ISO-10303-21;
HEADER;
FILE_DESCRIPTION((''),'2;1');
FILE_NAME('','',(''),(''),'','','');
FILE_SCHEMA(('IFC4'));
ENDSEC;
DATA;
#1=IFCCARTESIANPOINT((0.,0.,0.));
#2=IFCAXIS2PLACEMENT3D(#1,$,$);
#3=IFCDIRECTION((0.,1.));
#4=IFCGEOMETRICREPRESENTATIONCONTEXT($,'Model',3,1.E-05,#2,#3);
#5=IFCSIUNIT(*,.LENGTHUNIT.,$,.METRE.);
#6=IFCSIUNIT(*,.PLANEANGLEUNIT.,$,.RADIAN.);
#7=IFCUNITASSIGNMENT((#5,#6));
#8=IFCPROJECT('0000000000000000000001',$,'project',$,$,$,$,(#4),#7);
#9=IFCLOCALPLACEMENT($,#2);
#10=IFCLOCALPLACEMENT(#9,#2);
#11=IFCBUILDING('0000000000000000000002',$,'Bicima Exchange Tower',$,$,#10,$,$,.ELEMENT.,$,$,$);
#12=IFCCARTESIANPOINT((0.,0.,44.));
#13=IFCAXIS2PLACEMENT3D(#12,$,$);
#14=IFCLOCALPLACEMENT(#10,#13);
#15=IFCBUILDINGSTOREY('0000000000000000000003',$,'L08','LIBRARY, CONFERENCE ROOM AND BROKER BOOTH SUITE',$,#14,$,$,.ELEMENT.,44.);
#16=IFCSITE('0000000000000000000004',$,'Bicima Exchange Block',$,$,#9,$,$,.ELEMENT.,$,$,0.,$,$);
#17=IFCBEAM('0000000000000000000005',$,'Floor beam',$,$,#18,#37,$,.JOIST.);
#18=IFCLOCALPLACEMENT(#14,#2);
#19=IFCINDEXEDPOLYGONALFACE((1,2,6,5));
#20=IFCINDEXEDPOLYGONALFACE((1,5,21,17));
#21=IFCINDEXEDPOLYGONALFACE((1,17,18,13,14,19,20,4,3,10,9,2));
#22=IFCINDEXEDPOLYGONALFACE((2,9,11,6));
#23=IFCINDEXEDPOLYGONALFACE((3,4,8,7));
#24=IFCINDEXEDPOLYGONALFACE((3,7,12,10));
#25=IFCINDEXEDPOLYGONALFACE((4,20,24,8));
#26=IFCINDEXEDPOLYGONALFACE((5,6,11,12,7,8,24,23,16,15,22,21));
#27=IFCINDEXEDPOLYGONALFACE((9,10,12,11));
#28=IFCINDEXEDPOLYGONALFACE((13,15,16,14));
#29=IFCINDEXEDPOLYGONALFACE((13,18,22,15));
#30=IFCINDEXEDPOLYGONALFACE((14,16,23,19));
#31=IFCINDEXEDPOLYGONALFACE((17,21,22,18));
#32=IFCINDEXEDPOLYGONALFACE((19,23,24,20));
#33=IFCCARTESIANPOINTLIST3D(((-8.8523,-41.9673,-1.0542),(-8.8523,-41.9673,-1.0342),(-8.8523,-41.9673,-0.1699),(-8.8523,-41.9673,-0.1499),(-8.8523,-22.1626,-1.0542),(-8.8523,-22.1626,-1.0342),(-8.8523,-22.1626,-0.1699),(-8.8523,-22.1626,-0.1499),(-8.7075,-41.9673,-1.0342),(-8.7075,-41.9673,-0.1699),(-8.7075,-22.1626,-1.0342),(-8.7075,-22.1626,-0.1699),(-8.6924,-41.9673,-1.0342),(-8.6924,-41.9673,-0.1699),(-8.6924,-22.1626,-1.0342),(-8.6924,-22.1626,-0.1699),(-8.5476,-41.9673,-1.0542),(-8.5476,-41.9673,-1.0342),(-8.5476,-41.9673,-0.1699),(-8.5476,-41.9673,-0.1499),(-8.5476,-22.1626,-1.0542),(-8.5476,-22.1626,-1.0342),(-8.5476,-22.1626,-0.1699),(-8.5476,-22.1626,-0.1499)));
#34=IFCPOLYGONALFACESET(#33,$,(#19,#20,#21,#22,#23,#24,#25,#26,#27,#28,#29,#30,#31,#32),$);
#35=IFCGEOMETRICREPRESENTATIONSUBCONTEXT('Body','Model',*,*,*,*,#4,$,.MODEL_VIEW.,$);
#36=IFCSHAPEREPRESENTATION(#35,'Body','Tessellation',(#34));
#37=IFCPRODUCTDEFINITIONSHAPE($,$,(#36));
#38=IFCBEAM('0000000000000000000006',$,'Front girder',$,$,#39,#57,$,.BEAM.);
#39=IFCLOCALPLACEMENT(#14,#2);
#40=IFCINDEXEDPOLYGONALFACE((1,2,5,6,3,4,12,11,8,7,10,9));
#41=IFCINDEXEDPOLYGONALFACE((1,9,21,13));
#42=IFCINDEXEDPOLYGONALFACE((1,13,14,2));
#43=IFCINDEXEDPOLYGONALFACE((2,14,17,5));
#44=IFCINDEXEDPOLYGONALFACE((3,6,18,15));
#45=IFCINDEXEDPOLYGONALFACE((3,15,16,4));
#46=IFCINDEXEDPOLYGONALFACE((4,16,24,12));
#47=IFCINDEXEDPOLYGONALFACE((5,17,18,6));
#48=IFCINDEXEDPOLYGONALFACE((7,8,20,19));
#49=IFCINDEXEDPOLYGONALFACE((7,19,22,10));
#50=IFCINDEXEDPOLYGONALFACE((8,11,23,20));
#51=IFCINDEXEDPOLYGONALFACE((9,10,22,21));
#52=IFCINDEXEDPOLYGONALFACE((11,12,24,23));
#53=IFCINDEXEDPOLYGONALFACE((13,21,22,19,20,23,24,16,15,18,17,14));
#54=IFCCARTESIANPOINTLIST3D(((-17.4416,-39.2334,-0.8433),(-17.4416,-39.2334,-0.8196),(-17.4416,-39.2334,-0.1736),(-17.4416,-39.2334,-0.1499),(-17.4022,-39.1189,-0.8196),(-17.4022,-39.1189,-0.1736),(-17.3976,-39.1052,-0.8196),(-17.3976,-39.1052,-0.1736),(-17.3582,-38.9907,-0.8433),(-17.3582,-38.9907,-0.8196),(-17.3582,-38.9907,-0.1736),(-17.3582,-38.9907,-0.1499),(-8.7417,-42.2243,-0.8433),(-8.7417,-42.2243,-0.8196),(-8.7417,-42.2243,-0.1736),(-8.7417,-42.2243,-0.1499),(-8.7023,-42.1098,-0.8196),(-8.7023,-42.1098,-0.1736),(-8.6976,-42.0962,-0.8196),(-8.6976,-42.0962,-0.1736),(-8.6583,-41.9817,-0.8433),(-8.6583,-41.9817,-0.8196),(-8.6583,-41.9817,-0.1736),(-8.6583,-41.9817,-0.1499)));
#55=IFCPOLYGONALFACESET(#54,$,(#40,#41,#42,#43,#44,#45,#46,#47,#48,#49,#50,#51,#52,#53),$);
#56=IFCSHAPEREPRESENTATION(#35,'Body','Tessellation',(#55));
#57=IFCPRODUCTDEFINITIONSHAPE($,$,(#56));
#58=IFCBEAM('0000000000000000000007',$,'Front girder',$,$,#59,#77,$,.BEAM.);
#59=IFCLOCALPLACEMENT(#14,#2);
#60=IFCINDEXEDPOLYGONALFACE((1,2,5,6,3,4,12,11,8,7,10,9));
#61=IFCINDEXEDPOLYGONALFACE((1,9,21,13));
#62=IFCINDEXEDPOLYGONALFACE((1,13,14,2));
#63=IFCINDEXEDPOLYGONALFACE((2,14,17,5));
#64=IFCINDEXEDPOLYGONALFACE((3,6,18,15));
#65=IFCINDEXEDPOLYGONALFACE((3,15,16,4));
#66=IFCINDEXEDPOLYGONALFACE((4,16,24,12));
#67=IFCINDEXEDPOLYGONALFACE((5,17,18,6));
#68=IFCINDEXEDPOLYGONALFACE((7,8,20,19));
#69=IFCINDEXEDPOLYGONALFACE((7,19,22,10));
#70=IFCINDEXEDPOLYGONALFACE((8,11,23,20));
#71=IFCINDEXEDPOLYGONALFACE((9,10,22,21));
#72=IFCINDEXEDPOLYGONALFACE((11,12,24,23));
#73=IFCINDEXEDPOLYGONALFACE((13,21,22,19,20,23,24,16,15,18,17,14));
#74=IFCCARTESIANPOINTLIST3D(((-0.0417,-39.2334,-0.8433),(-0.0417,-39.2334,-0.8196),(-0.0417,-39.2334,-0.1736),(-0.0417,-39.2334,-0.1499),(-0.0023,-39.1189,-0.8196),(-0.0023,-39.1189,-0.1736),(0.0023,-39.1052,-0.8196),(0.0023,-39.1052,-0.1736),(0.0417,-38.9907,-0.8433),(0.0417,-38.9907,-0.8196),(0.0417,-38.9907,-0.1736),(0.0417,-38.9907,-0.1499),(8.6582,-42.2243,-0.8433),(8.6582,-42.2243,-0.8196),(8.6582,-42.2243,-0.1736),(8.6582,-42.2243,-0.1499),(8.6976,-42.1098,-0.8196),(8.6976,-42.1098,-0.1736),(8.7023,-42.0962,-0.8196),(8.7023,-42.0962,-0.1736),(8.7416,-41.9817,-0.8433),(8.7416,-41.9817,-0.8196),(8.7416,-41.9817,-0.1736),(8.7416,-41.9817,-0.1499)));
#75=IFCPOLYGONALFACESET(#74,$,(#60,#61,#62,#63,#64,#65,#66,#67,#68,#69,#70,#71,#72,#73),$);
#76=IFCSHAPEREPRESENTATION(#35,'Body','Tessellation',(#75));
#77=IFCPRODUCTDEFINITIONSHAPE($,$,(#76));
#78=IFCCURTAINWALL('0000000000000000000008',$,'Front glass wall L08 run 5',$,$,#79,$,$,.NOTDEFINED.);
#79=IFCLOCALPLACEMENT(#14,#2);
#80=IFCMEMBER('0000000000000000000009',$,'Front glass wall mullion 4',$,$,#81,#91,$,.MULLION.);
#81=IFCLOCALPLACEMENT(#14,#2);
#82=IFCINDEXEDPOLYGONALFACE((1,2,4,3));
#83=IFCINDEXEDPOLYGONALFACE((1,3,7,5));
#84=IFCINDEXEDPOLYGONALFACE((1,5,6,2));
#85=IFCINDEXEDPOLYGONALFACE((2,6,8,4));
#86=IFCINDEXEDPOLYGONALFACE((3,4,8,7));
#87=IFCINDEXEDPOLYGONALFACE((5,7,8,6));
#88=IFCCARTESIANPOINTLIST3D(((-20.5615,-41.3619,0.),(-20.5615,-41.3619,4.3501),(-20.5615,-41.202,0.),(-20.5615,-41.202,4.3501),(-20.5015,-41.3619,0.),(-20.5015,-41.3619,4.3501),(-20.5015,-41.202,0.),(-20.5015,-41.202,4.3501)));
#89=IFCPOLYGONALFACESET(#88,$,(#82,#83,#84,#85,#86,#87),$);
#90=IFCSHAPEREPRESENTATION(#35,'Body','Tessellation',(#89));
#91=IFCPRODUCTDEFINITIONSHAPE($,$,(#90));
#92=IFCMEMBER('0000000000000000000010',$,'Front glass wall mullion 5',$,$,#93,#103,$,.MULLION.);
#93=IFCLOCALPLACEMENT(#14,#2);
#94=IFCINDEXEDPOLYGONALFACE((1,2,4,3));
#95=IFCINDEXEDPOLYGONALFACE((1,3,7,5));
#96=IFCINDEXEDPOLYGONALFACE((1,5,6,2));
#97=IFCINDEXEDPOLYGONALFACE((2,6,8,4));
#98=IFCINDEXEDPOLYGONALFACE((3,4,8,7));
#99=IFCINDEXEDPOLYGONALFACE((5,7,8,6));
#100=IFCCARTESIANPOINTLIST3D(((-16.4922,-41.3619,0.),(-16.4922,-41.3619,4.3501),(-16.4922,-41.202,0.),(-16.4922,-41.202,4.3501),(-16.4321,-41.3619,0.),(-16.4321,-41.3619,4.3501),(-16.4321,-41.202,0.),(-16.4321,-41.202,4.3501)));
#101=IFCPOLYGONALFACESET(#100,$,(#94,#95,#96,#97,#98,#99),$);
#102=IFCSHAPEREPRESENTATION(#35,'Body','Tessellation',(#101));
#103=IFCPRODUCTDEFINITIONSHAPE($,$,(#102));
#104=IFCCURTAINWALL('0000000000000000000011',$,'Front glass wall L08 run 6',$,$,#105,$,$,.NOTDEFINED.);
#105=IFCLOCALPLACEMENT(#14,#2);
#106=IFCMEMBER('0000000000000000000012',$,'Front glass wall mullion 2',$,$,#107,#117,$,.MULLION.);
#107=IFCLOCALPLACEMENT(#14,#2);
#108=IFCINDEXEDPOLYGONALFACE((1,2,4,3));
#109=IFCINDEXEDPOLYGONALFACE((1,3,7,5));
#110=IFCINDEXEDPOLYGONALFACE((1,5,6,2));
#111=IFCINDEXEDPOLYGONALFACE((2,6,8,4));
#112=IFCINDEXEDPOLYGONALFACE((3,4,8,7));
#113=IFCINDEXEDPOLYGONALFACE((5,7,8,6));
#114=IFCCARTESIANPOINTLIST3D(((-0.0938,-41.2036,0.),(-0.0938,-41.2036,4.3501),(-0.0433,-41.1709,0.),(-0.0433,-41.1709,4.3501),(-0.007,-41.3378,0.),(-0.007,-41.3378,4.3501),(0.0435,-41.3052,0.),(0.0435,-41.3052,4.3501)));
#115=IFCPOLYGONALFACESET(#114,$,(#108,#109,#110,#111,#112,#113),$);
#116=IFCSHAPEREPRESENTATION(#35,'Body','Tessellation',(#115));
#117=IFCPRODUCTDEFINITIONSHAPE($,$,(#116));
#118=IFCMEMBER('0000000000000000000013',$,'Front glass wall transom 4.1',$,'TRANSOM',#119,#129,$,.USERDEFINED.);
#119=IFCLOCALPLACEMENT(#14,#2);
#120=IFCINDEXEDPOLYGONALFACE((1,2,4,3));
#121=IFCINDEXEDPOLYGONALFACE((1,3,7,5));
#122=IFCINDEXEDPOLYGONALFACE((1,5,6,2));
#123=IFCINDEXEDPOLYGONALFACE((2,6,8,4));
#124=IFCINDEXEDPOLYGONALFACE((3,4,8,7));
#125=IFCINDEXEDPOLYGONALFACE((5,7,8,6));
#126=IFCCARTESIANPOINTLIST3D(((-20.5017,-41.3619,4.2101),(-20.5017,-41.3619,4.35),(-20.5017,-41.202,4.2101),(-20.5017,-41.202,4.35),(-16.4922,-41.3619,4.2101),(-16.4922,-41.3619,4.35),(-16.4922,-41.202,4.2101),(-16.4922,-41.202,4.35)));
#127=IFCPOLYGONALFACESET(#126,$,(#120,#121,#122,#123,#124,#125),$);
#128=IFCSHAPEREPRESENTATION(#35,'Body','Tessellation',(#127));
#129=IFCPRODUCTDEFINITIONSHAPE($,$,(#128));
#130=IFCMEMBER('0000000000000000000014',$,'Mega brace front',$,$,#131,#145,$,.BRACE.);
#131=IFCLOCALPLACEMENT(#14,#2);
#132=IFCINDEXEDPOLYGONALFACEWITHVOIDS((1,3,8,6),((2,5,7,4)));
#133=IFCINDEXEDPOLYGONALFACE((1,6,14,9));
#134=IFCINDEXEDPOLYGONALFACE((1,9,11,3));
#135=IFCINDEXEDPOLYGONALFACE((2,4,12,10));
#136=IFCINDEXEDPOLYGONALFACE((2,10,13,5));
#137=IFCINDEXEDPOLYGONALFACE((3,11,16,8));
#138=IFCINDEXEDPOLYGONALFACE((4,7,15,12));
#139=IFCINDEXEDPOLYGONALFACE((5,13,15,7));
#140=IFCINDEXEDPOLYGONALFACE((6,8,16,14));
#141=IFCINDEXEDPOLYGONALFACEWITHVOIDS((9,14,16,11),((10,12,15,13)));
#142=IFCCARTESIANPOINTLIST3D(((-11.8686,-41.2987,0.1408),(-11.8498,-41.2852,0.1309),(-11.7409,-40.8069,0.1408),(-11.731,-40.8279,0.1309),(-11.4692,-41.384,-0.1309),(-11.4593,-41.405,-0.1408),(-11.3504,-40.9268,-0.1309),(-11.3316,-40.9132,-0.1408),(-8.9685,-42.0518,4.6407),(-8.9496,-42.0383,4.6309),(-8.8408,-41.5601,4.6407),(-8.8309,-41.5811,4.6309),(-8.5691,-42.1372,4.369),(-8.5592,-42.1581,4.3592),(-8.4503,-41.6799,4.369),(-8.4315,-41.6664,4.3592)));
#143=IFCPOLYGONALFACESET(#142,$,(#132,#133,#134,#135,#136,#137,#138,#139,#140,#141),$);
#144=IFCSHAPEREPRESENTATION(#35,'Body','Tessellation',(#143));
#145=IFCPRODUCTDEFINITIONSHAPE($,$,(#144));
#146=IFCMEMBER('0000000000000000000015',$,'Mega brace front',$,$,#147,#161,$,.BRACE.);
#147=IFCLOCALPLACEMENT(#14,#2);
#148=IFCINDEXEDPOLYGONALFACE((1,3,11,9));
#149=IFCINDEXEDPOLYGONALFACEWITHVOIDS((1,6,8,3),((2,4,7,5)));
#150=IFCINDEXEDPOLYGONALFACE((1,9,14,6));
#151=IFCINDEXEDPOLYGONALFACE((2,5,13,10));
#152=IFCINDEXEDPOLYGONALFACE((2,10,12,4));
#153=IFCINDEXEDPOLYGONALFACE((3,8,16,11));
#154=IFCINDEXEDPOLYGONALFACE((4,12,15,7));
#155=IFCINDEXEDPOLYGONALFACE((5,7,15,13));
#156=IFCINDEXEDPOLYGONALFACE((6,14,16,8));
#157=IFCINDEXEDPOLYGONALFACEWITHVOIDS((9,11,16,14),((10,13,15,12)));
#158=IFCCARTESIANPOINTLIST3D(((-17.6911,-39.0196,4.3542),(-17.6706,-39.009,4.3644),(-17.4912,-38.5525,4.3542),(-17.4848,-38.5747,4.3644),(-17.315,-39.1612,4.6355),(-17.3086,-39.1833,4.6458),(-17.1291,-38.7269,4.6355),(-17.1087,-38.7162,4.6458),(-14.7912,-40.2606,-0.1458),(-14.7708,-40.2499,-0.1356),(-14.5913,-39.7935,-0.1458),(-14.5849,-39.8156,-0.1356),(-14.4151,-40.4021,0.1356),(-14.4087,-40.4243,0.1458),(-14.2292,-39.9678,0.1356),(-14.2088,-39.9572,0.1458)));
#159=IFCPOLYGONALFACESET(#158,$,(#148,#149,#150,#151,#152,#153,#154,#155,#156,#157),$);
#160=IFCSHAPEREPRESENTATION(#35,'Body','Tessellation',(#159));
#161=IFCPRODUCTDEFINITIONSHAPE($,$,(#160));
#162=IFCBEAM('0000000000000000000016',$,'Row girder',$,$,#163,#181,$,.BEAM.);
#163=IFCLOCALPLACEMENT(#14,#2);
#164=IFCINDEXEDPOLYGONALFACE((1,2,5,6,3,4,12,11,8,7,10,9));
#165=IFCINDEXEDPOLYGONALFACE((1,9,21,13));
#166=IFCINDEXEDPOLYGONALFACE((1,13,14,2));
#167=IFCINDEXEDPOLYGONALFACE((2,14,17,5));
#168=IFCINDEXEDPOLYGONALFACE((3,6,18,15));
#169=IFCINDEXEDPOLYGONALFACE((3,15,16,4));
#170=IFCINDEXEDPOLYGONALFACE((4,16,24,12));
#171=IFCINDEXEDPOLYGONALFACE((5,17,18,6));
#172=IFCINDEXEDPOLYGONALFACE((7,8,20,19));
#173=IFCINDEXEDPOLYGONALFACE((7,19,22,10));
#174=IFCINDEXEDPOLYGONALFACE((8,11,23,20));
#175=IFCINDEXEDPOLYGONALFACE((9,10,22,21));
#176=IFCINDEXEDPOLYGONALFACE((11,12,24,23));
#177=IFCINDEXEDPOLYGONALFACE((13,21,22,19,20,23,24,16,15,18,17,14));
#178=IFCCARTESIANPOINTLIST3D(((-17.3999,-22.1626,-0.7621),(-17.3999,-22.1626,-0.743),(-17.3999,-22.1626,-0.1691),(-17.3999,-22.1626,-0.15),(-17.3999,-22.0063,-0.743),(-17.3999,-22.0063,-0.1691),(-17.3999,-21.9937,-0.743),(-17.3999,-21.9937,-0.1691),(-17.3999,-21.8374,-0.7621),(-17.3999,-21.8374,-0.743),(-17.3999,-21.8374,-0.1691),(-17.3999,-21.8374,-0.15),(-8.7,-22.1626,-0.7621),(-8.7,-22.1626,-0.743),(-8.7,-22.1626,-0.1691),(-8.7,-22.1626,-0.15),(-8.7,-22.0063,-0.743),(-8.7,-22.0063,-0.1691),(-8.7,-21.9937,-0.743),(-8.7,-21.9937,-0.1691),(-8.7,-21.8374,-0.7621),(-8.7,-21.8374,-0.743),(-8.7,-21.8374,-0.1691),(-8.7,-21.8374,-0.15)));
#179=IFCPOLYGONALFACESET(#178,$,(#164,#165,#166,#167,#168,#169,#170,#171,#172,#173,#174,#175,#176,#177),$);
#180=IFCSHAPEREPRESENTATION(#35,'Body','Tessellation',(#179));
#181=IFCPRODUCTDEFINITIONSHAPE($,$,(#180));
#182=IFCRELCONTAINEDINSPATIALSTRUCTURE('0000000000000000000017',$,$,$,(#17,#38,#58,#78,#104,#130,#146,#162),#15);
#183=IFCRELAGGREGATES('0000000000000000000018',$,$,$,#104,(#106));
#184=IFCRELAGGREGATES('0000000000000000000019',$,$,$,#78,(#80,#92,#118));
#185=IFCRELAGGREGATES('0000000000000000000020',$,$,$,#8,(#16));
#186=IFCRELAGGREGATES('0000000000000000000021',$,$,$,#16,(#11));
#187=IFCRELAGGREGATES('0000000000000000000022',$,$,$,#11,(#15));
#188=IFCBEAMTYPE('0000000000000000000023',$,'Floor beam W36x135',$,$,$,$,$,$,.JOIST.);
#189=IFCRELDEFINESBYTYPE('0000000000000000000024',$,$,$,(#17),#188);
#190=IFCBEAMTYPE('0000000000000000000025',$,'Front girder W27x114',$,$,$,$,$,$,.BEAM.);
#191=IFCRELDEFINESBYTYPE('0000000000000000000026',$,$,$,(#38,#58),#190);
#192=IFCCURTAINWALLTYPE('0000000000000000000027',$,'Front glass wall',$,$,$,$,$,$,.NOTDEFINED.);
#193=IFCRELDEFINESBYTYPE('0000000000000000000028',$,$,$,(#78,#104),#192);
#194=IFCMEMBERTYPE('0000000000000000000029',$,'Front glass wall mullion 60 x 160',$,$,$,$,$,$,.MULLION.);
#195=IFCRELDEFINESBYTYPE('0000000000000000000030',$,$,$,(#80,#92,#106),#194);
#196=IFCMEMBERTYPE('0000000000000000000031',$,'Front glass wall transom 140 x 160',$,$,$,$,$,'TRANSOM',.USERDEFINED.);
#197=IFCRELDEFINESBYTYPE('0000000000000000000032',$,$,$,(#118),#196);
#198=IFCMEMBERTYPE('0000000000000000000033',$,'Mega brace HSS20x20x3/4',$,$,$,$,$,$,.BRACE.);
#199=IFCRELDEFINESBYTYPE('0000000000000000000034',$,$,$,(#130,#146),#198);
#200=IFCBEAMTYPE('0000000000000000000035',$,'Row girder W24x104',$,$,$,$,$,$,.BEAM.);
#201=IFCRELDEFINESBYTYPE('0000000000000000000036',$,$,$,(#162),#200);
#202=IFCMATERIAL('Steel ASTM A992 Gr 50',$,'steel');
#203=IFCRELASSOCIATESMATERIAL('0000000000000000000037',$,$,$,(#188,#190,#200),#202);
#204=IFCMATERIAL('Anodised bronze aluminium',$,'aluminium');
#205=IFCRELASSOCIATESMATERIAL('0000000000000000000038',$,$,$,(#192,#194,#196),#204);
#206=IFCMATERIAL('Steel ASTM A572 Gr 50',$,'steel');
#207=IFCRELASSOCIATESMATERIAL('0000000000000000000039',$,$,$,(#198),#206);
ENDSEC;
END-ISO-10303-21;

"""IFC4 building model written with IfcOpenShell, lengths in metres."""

from ifc_helpers import new_model, si_unit, direction, frame, origin, origin_2d, place, context, subcontext, project, spatial, rectangle, hollow_rectangle, i_section, extrude, material, material_profile, profile_set, type_object, element, aggregate, save


model = new_model("IFC4")

# Units and contexts
model_context = context("Model", 3, precision=1e-05, world=origin(), true_north=direction((0.0, 1.0)))
body_context = subcontext(model_context, "Body", "Model", "MODEL_VIEW")
ifc_project = project(units=[si_unit("LENGTHUNIT", "METRE"), si_unit("PLANEANGLEUNIT", "RADIAN")], contexts=[model_context])

# Site, building, storey
site_placement = place(None, origin())
site = spatial("IfcSite", under=ifc_project, at=site_placement, Name="Bicima Exchange Block", CompositionType="ELEMENT", RefElevation=0.0)
building_placement = place(site_placement, origin())
building = spatial("IfcBuilding", under=site, at=building_placement, Name="Bicima Exchange Tower", CompositionType="ELEMENT")
storey_placement = place(building_placement, frame((0.0, 0.0, 44.0)))
storey = spatial("IfcBuildingStorey", under=building, at=storey_placement, Name="L08", Description="LIBRARY, CONFERENCE ROOM AND BROKER BOOTH SUITE", CompositionType="ELEMENT", Elevation=44.0)

# Shared definitions
ifc_material_1 = material(Name="Steel ASTM A992 Gr 50", Category="steel")

# Beams
ifc_material_profile_1 = material_profile(ifc_material_1, i_section(OverallWidth=0.3047, OverallDepth=0.9043, WebThickness=0.0151, FlangeThickness=0.02, at=origin_2d()))
ifc_profile_set_1 = profile_set([ifc_material_profile_1], Name="Steel ASTM A992 Gr 50")
beam_type_1 = type_object("IfcBeamType", Name="Floor beam W36x135", PredefinedType="JOIST", material=ifc_profile_set_1)
beam_placement = place(storey_placement, frame((-8.7, -22.1626, -0.6021), z_axis=(0.0, -1.0, 0.0), x_axis=(1.0, 0.0, 0.0)))
element("IfcBeam", 1, at=beam_placement, inside=storey, type_object=beam_type_1, Name="Floor beam", PredefinedType="JOIST", context=body_context, shape_type="SweptSolid", body=[
    extrude(i_section(OverallWidth=0.3047, OverallDepth=0.9043, WebThickness=0.0151, FlangeThickness=0.02, at=origin_2d()), origin(), (0.0, 0.0, 1.0), 19.8047),
])
ifc_material_profile_2 = material_profile(ifc_material_1, i_section(OverallWidth=0.2566, OverallDepth=0.6934, WebThickness=0.0144, FlangeThickness=0.0237, at=origin_2d()))
ifc_profile_set_2 = profile_set([ifc_material_profile_2], Name="Steel ASTM A992 Gr 50")
beam_type_2 = type_object("IfcBeamType", Name="Front girder W27x114", PredefinedType="BEAM", material=ifc_profile_set_2)
for number, where, z_axis, x_axis, name in (
    (2, (-17.3999, -39.1121, -0.4966), (0.945675, -0.325115, 0.0), (0.325115, 0.945675, 0.0), "Front girder"),
    (3, (0.0, -39.1121, -0.4966), (0.945675, -0.325115, 0.0), (0.325115, 0.945675, 0.0), "Front girder"),
):
    element("IfcBeam", number, at=place(storey_placement, frame(where, z_axis=z_axis, x_axis=x_axis)), inside=storey, type_object=beam_type_2, Name=name, PredefinedType="BEAM", context=body_context, shape_type="SweptSolid", body=[
        extrude(i_section(OverallWidth=0.2566, OverallDepth=0.6934, WebThickness=0.0144, FlangeThickness=0.0237, at=origin_2d()), origin(), (0.0, 0.0, 1.0), 9.1997),
    ])

# Curtain wall, members
ifc_material_2 = material(Name="Anodised bronze aluminium", Category="aluminium")
curtain_wall_type = type_object("IfcCurtainWallType", Name="Front glass wall", PredefinedType="NOTDEFINED", material=ifc_material_2)
curtain_wall_1_placement = place(storey_placement, origin())
curtain_wall_1 = element("IfcCurtainWall", 4, at=curtain_wall_1_placement, inside=storey, type_object=curtain_wall_type, Name="Front glass wall L08 run 5", PredefinedType="NOTDEFINED")
ifc_material_profile_3 = material_profile(ifc_material_2, rectangle(XDim=0.1599, YDim=0.0601, at=origin_2d()))
ifc_profile_set_3 = profile_set([ifc_material_profile_3], Name="Anodised bronze aluminium")
member_type_1 = type_object("IfcMemberType", Name="Front glass wall mullion 60 x 160", PredefinedType="MULLION", material=ifc_profile_set_3)
member_1_placement = place(storey_placement, frame((-20.5315, -41.282, 0.0), z_axis=(0.0, 0.0, 1.0), x_axis=(0.0, 1.0, 0.0)))
member_1 = element("IfcMember", 5, at=member_1_placement, type_object=member_type_1, Name="Front glass wall mullion 4", PredefinedType="MULLION", context=body_context, shape_type="SweptSolid", body=[
    extrude(rectangle(XDim=0.1599, YDim=0.0601, at=origin_2d()), origin(), (0.0, 0.0, 1.0), 4.3501),
])
member_2_placement = place(storey_placement, frame((-16.4622, -41.282, 0.0), z_axis=(0.0, 0.0, 1.0), x_axis=(0.0, 1.0, 0.0)))
member_2 = element("IfcMember", 6, at=member_2_placement, type_object=member_type_1, Name="Front glass wall mullion 5", PredefinedType="MULLION", context=body_context, shape_type="SweptSolid", body=[
    extrude(rectangle(XDim=0.1599, YDim=0.0601, at=origin_2d()), origin(), (0.0, 0.0, 1.0), 4.3501),
])

# Curtain wall, member
curtain_wall_2_placement = place(storey_placement, origin())
curtain_wall_2 = element("IfcCurtainWall", 7, at=curtain_wall_2_placement, inside=storey, type_object=curtain_wall_type, Name="Front glass wall L08 run 6", PredefinedType="NOTDEFINED")
member_3_placement = place(storey_placement, frame((-0.0251, -41.2544, 0.0), z_axis=(0.0, 0.0, 1.0), x_axis=(-0.542897, 0.839799, 0.0)))
member_3 = element("IfcMember", 8, at=member_3_placement, type_object=member_type_1, Name="Front glass wall mullion 2", PredefinedType="MULLION", context=body_context, shape_type="SweptSolid", body=[
    extrude(rectangle(XDim=0.1599, YDim=0.0601, at=origin_2d()), origin(), (0.0, 0.0, 1.0), 4.3501),
])
aggregate(curtain_wall_2, [member_3])

# Member
ifc_material_profile_4 = material_profile(ifc_material_2, rectangle(XDim=0.1599, YDim=0.1399, at=origin_2d()))
ifc_profile_set_4 = profile_set([ifc_material_profile_4], Name="Anodised bronze aluminium")
member_type_2 = type_object("IfcMemberType", Name="Front glass wall transom 140 x 160", ElementType="TRANSOM", PredefinedType="USERDEFINED", material=ifc_profile_set_4)
member_4_placement = place(storey_placement, frame((-20.5017, -41.282, 4.28), z_axis=(1.0, 0.0, 0.0), x_axis=(0.0, 1.0, 0.0)))
member_4 = element("IfcMember", 9, at=member_4_placement, type_object=member_type_2, Name="Front glass wall transom 4.1", ObjectType="TRANSOM", PredefinedType="USERDEFINED", context=body_context, shape_type="SweptSolid", body=[
    extrude(rectangle(XDim=0.1599, YDim=0.1399, at=origin_2d()), origin(), (0.0, 0.0, 1.0), 4.0095),
])

# Members
ifc_material_3 = material(Name="Steel ASTM A572 Gr 50", Category="steel")
ifc_material_profile_5 = material_profile(ifc_material_3, hollow_rectangle(XDim=0.5081, YDim=0.5081, WallThickness=0.0178, at=origin_2d()))
ifc_profile_set_5 = profile_set([ifc_material_profile_5], Name="Steel ASTM A572 Gr 50")
member_type_3 = type_object("IfcMemberType", Name="Mega brace HSS20x20x3/4", PredefinedType="BRACE", material=ifc_profile_set_5)
member_5_placement = place(storey_placement, frame((-11.6001, -41.106, 0.0), z_axis=(0.536438, -0.139314, 0.832362), x_axis=(0.251364, 0.967893, 0.0)))
element("IfcMember", 10, at=member_5_placement, inside=storey, type_object=member_type_3, Name="Mega brace front", PredefinedType="BRACE", context=body_context, shape_type="SweptSolid", body=[
    extrude(hollow_rectangle(XDim=0.5081, YDim=0.5081, WallThickness=0.0178, at=origin_2d()), origin(), (0.0, 0.0, 1.0), 5.4062),
])
member_6_placement = place(storey_placement, frame((-14.5, -40.1089, 0.0), z_axis=(-0.527696, 0.225819, 0.818867), x_axis=(-0.393424, -0.919357, 0.0)))
element("IfcMember", 11, at=member_6_placement, inside=storey, type_object=member_type_3, Name="Mega brace front", PredefinedType="BRACE", context=body_context, shape_type="SweptSolid", body=[
    extrude(hollow_rectangle(XDim=0.5081, YDim=0.5081, WallThickness=0.0178, at=origin_2d()), origin(), (0.0, 0.0, 1.0), 5.4954),
])

# Beam
ifc_material_profile_6 = material_profile(ifc_material_1, i_section(OverallWidth=0.3252, OverallDepth=0.6121, WebThickness=0.0127, FlangeThickness=0.019, at=origin_2d()))
ifc_profile_set_6 = profile_set([ifc_material_profile_6], Name="Steel ASTM A992 Gr 50")
beam_type_3 = type_object("IfcBeamType", Name="Row girder W24x104", PredefinedType="BEAM", material=ifc_profile_set_6)
for number, where, z_axis, x_axis, name in (
    (12, (-17.3999, -22.0, -0.4561), (1.0, 0.0, 0.0), (0.0, 1.0, 0.0), "Row girder"),
):
    element("IfcBeam", number, at=place(storey_placement, frame(where, z_axis=z_axis, x_axis=x_axis)), inside=storey, type_object=beam_type_3, Name=name, PredefinedType="BEAM", context=body_context, shape_type="SweptSolid", body=[
        extrude(i_section(OverallWidth=0.3252, OverallDepth=0.6121, WebThickness=0.0127, FlangeThickness=0.019, at=origin_2d()), origin(), (0.0, 0.0, 1.0), 8.7),
    ])

aggregate(curtain_wall_1, [member_1, member_2, member_4])

save(model, "model.ifc")
